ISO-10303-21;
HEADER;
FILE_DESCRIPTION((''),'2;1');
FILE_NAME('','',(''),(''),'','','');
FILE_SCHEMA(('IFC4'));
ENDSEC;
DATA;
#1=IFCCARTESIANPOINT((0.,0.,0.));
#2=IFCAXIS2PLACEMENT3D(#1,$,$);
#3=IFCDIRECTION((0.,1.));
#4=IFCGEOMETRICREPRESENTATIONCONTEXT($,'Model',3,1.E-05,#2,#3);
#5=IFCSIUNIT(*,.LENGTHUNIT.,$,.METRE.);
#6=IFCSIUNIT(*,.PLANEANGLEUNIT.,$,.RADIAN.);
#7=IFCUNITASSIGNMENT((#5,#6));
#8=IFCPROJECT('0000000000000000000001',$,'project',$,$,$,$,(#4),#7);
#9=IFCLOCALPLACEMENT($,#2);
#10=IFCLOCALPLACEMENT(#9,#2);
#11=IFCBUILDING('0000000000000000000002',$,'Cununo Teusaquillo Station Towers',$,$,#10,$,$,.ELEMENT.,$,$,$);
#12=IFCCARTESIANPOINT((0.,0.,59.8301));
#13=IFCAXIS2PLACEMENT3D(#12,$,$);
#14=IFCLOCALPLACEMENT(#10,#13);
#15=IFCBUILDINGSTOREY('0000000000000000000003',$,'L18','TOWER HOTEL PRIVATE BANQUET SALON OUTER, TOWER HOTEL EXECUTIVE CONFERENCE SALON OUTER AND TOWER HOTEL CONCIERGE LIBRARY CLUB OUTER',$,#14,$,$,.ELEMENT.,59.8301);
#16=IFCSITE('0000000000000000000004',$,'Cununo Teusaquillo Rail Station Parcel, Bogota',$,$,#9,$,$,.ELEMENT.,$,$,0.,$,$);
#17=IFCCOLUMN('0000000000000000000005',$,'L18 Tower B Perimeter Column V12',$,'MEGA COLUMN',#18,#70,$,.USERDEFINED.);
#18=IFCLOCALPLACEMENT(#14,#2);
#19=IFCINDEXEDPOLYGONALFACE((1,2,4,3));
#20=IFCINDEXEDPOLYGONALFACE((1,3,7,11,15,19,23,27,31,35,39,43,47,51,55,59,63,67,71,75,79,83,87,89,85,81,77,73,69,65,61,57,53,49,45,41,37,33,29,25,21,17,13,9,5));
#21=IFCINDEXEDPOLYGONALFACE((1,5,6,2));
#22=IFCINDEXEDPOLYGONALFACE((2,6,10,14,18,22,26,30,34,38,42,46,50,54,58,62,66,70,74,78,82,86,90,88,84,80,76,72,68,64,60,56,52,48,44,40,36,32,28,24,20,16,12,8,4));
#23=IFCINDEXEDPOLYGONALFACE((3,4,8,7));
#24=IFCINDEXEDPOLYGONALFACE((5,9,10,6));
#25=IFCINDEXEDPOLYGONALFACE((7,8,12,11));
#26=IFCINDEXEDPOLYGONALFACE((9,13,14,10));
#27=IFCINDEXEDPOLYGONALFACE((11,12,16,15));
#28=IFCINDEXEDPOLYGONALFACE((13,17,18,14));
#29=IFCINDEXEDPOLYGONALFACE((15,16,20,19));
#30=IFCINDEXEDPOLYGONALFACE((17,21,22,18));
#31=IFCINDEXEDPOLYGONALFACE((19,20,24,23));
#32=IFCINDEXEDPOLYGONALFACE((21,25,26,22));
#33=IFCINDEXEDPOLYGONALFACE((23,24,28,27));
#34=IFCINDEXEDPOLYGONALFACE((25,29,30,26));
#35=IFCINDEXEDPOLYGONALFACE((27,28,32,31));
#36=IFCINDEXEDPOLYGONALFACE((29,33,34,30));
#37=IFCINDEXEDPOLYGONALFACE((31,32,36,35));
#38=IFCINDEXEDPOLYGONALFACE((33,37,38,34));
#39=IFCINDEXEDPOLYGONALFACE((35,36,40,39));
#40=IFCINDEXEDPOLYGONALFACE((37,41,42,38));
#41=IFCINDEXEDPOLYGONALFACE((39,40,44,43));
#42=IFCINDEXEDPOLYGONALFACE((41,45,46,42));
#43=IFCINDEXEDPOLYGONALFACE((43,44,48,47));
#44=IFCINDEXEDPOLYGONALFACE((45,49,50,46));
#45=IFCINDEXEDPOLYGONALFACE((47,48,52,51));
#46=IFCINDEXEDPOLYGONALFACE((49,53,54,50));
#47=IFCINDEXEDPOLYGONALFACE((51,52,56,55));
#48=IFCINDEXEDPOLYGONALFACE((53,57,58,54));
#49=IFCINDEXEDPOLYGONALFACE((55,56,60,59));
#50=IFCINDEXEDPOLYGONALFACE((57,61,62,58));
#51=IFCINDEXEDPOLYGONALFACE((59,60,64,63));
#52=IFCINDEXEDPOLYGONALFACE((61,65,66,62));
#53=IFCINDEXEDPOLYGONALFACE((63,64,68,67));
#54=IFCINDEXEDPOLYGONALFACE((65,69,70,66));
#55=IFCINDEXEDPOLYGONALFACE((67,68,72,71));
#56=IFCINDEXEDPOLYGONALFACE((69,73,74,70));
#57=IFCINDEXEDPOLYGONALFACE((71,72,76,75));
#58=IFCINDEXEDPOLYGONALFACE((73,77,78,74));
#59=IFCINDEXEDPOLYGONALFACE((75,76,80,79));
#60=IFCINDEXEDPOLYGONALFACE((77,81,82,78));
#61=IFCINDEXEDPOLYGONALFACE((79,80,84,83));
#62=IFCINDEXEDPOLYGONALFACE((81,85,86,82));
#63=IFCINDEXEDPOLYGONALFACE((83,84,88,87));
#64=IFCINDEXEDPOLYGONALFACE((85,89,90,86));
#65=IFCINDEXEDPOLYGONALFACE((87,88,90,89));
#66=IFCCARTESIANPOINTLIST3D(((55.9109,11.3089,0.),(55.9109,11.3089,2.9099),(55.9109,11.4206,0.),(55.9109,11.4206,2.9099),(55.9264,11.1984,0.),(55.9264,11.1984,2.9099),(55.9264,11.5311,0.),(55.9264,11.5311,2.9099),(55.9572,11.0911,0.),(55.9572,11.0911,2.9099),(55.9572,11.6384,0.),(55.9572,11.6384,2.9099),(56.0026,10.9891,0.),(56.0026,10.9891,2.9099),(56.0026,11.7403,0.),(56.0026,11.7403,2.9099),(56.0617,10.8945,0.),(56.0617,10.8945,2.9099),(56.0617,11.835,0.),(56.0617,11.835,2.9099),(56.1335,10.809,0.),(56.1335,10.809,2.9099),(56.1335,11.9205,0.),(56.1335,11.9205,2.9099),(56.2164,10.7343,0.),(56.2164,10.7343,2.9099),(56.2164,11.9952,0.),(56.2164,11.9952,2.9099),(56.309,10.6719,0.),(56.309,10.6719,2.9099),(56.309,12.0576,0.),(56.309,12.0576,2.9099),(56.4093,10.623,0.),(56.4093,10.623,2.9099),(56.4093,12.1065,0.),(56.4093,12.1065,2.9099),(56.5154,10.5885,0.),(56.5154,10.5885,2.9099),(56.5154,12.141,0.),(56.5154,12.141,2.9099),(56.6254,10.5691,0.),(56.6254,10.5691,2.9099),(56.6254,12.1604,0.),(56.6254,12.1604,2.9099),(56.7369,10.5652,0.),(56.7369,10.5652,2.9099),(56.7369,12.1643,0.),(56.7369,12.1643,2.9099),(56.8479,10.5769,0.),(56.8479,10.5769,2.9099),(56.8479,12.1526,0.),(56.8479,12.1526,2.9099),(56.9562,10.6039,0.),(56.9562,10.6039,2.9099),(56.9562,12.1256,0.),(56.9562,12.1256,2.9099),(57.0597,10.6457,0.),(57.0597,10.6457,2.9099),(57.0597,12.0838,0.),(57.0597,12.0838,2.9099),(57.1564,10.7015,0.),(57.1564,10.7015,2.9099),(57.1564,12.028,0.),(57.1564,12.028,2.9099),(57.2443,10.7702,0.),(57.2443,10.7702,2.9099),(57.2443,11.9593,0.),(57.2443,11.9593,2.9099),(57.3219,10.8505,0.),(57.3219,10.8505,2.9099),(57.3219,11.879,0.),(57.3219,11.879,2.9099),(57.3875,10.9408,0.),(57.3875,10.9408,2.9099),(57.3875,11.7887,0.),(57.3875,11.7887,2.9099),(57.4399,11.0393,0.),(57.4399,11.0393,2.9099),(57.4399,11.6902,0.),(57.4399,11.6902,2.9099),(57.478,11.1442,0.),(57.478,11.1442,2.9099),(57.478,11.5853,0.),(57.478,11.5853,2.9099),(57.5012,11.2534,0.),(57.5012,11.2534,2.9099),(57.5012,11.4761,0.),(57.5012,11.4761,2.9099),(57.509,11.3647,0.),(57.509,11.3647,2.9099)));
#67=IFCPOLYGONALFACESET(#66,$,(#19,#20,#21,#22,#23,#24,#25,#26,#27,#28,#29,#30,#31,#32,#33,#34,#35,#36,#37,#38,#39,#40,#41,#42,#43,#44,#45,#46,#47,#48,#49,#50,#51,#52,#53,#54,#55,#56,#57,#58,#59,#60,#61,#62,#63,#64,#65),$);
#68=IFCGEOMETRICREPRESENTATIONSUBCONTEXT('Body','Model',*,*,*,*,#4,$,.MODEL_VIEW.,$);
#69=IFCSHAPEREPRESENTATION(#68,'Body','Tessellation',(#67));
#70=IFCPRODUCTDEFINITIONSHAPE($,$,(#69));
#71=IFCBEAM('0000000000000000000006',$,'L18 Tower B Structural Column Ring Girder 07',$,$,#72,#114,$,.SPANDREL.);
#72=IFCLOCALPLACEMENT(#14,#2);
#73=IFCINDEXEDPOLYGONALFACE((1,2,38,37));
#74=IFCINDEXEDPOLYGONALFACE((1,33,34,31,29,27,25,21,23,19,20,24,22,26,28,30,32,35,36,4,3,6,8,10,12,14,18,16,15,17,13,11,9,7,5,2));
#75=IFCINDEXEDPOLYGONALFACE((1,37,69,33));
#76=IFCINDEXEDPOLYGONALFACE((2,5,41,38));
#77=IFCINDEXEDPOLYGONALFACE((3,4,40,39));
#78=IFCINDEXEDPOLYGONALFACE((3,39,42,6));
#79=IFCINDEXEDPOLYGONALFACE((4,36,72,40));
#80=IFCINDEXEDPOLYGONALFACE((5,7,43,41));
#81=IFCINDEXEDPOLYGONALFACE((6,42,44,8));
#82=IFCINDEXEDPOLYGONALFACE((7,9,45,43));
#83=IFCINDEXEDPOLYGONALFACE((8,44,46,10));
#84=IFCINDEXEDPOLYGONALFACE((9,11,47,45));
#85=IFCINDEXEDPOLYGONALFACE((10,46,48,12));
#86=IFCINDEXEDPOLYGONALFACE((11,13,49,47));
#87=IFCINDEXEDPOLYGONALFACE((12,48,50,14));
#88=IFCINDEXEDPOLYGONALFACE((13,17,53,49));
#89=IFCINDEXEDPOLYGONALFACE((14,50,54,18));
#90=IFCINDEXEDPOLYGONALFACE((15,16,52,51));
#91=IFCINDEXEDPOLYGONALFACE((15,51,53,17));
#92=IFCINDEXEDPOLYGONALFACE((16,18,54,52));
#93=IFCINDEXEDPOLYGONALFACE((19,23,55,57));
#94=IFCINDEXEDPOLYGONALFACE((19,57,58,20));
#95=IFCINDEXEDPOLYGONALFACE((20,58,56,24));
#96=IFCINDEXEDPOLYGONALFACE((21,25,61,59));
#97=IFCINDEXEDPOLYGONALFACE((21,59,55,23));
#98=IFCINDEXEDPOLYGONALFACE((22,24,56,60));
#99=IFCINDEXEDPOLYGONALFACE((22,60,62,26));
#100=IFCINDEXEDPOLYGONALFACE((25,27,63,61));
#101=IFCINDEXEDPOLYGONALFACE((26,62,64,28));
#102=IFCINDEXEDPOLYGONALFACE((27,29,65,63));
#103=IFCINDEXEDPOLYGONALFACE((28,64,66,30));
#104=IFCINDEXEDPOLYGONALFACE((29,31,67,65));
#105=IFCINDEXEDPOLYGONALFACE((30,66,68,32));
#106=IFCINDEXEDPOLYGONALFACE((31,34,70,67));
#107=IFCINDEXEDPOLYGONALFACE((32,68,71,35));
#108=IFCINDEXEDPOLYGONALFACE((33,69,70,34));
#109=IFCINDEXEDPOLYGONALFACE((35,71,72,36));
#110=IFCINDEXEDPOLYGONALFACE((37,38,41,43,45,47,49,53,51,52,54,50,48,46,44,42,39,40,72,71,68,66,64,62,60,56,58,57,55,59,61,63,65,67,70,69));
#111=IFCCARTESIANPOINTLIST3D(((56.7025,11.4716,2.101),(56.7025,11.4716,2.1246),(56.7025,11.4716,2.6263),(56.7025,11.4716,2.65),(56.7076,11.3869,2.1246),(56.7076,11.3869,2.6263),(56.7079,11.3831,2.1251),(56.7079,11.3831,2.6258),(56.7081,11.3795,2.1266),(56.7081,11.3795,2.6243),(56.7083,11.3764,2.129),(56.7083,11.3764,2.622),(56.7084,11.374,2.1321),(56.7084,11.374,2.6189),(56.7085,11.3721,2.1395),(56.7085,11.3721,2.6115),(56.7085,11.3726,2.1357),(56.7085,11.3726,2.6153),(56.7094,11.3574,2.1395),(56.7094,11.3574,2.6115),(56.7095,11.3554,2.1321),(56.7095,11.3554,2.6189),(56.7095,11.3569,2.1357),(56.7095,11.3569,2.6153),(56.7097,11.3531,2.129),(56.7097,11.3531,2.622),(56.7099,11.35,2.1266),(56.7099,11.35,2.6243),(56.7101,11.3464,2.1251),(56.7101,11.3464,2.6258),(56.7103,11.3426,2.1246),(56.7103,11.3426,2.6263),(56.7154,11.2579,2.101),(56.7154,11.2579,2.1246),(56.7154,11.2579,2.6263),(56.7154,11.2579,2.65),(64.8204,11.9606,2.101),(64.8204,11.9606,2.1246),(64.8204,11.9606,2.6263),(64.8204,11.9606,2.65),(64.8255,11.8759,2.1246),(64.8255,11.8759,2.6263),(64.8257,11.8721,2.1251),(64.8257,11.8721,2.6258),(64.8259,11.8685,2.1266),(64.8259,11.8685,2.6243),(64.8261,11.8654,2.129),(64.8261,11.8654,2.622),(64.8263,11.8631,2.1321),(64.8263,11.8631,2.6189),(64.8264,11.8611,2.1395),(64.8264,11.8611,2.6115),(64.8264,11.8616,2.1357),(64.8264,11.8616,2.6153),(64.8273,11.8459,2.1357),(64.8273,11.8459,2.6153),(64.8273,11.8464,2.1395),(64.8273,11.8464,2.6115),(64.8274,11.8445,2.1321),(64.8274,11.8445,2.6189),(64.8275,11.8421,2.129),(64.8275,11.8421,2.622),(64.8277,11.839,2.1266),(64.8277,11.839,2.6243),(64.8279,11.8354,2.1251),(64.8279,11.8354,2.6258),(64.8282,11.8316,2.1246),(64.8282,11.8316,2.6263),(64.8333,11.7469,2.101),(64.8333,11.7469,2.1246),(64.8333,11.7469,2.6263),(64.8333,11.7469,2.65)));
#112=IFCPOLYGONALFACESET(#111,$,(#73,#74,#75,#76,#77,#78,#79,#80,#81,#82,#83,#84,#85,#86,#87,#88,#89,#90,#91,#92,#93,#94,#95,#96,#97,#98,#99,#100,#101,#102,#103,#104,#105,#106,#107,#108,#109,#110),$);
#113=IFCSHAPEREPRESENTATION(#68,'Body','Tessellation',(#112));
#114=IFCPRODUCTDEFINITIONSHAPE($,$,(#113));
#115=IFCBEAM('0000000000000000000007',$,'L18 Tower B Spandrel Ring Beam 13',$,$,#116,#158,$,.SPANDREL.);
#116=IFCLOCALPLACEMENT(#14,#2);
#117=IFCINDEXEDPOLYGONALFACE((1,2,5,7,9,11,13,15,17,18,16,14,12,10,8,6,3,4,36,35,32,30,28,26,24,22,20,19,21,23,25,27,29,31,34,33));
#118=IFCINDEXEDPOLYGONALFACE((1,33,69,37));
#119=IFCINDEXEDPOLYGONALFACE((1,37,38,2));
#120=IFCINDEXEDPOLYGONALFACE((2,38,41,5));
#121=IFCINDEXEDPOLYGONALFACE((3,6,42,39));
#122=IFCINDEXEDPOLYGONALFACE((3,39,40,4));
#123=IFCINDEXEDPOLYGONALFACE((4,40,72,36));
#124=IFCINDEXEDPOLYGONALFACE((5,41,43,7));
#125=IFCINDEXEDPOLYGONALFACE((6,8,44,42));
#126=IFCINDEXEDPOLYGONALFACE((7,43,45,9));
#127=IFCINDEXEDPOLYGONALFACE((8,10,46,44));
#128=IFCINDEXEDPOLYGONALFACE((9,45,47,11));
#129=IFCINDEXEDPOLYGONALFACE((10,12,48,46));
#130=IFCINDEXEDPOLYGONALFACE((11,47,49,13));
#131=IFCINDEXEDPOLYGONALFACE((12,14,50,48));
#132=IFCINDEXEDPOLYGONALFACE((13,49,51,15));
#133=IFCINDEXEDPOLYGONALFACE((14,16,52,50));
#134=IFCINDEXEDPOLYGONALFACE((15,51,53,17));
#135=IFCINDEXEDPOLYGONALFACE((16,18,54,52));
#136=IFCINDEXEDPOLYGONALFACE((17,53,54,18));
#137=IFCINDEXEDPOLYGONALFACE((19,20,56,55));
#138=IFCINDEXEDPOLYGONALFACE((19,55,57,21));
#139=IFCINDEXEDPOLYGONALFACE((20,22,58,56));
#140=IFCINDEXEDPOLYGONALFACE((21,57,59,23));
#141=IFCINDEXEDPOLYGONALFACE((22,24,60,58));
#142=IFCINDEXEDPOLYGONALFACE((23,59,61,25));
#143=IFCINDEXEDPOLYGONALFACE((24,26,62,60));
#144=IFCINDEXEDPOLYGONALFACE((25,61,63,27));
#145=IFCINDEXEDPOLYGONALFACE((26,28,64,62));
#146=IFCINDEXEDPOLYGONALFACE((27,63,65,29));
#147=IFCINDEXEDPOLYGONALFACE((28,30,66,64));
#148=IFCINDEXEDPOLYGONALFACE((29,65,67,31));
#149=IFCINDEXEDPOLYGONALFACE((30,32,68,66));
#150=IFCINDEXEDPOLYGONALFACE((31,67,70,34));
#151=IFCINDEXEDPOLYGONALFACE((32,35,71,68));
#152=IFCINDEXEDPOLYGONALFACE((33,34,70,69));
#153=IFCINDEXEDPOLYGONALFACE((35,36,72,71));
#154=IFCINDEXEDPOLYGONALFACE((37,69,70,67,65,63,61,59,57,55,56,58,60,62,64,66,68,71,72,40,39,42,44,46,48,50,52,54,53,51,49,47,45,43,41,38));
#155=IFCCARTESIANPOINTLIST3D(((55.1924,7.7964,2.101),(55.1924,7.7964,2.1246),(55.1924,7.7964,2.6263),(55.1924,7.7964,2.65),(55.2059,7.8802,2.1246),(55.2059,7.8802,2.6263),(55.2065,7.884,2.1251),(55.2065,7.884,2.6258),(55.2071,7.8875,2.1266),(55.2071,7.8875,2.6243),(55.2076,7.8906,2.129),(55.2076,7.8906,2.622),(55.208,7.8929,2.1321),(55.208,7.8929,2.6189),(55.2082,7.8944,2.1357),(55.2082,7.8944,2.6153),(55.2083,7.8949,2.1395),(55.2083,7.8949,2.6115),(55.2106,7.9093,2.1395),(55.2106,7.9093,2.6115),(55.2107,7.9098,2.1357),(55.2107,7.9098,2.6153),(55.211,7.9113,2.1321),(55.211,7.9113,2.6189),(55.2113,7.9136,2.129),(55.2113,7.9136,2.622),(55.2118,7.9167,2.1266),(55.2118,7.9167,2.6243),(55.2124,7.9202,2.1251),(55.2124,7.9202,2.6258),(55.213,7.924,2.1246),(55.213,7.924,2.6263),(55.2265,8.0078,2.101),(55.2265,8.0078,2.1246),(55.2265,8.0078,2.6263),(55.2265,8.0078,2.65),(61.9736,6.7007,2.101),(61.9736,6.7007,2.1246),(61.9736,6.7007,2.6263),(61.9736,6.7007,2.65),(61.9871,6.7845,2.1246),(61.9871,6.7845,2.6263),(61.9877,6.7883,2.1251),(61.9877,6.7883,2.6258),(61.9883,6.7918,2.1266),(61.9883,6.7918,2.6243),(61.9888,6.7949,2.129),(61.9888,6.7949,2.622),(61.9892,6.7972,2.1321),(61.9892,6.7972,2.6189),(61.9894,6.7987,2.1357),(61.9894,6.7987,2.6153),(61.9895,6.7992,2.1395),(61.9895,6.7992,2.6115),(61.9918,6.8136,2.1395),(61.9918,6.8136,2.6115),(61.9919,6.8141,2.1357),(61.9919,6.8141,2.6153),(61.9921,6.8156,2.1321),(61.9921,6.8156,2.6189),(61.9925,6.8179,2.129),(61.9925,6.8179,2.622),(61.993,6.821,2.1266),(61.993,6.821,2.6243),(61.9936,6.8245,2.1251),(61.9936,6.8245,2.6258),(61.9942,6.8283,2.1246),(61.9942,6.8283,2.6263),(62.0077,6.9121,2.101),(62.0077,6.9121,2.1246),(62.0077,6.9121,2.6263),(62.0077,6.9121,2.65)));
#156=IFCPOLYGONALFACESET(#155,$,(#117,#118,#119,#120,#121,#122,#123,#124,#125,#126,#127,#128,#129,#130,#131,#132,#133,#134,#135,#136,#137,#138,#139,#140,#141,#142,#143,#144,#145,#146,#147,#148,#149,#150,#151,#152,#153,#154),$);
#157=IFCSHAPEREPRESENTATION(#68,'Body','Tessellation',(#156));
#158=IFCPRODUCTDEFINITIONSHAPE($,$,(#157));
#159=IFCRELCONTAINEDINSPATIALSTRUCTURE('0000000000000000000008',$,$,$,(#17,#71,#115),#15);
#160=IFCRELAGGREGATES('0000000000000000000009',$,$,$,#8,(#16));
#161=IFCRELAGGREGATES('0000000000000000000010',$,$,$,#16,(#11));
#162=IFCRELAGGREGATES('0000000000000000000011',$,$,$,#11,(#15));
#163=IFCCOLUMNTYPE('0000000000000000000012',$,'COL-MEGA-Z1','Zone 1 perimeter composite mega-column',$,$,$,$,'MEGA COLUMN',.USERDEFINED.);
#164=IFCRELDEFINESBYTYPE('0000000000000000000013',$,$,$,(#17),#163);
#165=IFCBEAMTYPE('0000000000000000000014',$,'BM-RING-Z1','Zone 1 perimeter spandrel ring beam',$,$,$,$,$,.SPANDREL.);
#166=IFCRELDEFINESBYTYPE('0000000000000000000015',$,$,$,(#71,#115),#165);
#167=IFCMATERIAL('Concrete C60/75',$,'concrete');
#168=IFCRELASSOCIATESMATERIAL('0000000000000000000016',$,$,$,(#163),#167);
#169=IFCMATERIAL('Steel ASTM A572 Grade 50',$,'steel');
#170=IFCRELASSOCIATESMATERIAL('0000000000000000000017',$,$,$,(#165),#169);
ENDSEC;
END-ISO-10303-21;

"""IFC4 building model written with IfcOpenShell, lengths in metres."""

from ifc_helpers import new_model, si_unit, direction, frame, origin, origin_2d, place, context, subcontext, project, spatial, circle, i_section, extrude, material, material_profile, profile_set, type_object, element, save


model = new_model("IFC4")

# Units and contexts
model_context = context("Model", 3, precision=1e-05, world=origin(), true_north=direction((0.0, 1.0)))
body_context = subcontext(model_context, "Body", "Model", "MODEL_VIEW")
ifc_project = project(units=[si_unit("LENGTHUNIT", "METRE"), si_unit("PLANEANGLEUNIT", "RADIAN")], contexts=[model_context])

# Site, building, storey
site_placement = place(None, origin())
site = spatial("IfcSite", under=ifc_project, at=site_placement, Name="Cununo Teusaquillo Rail Station Parcel, Bogota", CompositionType="ELEMENT", RefElevation=0.0)
building_placement = place(site_placement, origin())
building = spatial("IfcBuilding", under=site, at=building_placement, Name="Cununo Teusaquillo Station Towers", CompositionType="ELEMENT")
storey_placement = place(building_placement, frame((0.0, 0.0, 59.8301)))
storey = spatial("IfcBuildingStorey", under=building, at=storey_placement, Name="L18", Description="TOWER HOTEL PRIVATE BANQUET SALON OUTER, TOWER HOTEL EXECUTIVE CONFERENCE SALON OUTER AND TOWER HOTEL CONCIERGE LIBRARY CLUB OUTER", CompositionType="ELEMENT", Elevation=59.8301)

# Column
ifc_material_1 = material(Name="Concrete C60/75", Category="concrete")
ifc_material_profile_1 = material_profile(ifc_material_1, circle(Radius=0.8, at=origin_2d()), Name="RC-CIRC-1600")
ifc_profile_set_1 = profile_set([ifc_material_profile_1], Name="Concrete C60/75")
column_type = type_object("IfcColumnType", Name="COL-MEGA-Z1", Description="Zone 1 perimeter composite mega-column", ElementType="MEGA COLUMN", PredefinedType="USERDEFINED", material=ifc_profile_set_1)
column_placement = place(storey_placement, frame((56.709, 11.3647, 0.0), z_axis=(0.0, 0.0, 1.0), x_axis=(1.0, 0.0, 0.0)))
element("IfcColumn", 1, at=column_placement, inside=storey, type_object=column_type, Name="L18 Tower B Perimeter Column V12", ObjectType="MEGA COLUMN", PredefinedType="USERDEFINED", context=body_context, shape_type="SweptSolid", body=[
    extrude(circle(Radius=0.8, at=origin_2d()), origin(), (0.0, 0.0, 1.0), 2.9099),
])

# Beams
ifc_material_2 = material(Name="Steel ASTM A572 Grade 50", Category="steel")
ifc_material_profile_2 = material_profile(ifc_material_2, i_section(OverallWidth=0.2141, OverallDepth=0.5491, WebThickness=0.0146, FlangeThickness=0.0237, FilletRadius=0.0149, at=origin_2d()), Name="W21X93")
ifc_profile_set_2 = profile_set([ifc_material_profile_2], Name="Steel ASTM A572 Grade 50")
beam_type = type_object("IfcBeamType", Name="BM-RING-Z1", Description="Zone 1 perimeter spandrel ring beam", PredefinedType="SPANDREL", material=ifc_profile_set_2)
beam_1_placement = place(storey_placement, frame((56.709, 11.3647, 2.3755), z_axis=(0.998191, 0.06013, 0.0), x_axis=(-0.06013, 0.998191, 0.0)))
element("IfcBeam", 2, at=beam_1_placement, inside=storey, type_object=beam_type, Name="L18 Tower B Structural Column Ring Girder 07", PredefinedType="SPANDREL", context=body_context, shape_type="SweptSolid", body=[
    extrude(i_section(OverallWidth=0.2141, OverallDepth=0.5491, WebThickness=0.0146, FlangeThickness=0.0237, FilletRadius=0.0149, at=origin_2d()), origin(), (0.0, 0.0, 1.0), 8.1326),
])
beam_2_placement = place(storey_placement, frame((55.2095, 7.9021, 2.3755), z_axis=(0.987196, -0.15951, 0.0), x_axis=(0.15951, 0.987196, 0.0)))
element("IfcBeam", 3, at=beam_2_placement, inside=storey, type_object=beam_type, Name="L18 Tower B Spandrel Ring Beam 13", PredefinedType="SPANDREL", context=body_context, shape_type="SweptSolid", body=[
    extrude(i_section(OverallWidth=0.2141, OverallDepth=0.5491, WebThickness=0.0146, FlangeThickness=0.0237, FilletRadius=0.0149, at=origin_2d()), origin(), (0.0, 0.0, 1.0), 6.8691),
])

save(model, "model.ifc")
